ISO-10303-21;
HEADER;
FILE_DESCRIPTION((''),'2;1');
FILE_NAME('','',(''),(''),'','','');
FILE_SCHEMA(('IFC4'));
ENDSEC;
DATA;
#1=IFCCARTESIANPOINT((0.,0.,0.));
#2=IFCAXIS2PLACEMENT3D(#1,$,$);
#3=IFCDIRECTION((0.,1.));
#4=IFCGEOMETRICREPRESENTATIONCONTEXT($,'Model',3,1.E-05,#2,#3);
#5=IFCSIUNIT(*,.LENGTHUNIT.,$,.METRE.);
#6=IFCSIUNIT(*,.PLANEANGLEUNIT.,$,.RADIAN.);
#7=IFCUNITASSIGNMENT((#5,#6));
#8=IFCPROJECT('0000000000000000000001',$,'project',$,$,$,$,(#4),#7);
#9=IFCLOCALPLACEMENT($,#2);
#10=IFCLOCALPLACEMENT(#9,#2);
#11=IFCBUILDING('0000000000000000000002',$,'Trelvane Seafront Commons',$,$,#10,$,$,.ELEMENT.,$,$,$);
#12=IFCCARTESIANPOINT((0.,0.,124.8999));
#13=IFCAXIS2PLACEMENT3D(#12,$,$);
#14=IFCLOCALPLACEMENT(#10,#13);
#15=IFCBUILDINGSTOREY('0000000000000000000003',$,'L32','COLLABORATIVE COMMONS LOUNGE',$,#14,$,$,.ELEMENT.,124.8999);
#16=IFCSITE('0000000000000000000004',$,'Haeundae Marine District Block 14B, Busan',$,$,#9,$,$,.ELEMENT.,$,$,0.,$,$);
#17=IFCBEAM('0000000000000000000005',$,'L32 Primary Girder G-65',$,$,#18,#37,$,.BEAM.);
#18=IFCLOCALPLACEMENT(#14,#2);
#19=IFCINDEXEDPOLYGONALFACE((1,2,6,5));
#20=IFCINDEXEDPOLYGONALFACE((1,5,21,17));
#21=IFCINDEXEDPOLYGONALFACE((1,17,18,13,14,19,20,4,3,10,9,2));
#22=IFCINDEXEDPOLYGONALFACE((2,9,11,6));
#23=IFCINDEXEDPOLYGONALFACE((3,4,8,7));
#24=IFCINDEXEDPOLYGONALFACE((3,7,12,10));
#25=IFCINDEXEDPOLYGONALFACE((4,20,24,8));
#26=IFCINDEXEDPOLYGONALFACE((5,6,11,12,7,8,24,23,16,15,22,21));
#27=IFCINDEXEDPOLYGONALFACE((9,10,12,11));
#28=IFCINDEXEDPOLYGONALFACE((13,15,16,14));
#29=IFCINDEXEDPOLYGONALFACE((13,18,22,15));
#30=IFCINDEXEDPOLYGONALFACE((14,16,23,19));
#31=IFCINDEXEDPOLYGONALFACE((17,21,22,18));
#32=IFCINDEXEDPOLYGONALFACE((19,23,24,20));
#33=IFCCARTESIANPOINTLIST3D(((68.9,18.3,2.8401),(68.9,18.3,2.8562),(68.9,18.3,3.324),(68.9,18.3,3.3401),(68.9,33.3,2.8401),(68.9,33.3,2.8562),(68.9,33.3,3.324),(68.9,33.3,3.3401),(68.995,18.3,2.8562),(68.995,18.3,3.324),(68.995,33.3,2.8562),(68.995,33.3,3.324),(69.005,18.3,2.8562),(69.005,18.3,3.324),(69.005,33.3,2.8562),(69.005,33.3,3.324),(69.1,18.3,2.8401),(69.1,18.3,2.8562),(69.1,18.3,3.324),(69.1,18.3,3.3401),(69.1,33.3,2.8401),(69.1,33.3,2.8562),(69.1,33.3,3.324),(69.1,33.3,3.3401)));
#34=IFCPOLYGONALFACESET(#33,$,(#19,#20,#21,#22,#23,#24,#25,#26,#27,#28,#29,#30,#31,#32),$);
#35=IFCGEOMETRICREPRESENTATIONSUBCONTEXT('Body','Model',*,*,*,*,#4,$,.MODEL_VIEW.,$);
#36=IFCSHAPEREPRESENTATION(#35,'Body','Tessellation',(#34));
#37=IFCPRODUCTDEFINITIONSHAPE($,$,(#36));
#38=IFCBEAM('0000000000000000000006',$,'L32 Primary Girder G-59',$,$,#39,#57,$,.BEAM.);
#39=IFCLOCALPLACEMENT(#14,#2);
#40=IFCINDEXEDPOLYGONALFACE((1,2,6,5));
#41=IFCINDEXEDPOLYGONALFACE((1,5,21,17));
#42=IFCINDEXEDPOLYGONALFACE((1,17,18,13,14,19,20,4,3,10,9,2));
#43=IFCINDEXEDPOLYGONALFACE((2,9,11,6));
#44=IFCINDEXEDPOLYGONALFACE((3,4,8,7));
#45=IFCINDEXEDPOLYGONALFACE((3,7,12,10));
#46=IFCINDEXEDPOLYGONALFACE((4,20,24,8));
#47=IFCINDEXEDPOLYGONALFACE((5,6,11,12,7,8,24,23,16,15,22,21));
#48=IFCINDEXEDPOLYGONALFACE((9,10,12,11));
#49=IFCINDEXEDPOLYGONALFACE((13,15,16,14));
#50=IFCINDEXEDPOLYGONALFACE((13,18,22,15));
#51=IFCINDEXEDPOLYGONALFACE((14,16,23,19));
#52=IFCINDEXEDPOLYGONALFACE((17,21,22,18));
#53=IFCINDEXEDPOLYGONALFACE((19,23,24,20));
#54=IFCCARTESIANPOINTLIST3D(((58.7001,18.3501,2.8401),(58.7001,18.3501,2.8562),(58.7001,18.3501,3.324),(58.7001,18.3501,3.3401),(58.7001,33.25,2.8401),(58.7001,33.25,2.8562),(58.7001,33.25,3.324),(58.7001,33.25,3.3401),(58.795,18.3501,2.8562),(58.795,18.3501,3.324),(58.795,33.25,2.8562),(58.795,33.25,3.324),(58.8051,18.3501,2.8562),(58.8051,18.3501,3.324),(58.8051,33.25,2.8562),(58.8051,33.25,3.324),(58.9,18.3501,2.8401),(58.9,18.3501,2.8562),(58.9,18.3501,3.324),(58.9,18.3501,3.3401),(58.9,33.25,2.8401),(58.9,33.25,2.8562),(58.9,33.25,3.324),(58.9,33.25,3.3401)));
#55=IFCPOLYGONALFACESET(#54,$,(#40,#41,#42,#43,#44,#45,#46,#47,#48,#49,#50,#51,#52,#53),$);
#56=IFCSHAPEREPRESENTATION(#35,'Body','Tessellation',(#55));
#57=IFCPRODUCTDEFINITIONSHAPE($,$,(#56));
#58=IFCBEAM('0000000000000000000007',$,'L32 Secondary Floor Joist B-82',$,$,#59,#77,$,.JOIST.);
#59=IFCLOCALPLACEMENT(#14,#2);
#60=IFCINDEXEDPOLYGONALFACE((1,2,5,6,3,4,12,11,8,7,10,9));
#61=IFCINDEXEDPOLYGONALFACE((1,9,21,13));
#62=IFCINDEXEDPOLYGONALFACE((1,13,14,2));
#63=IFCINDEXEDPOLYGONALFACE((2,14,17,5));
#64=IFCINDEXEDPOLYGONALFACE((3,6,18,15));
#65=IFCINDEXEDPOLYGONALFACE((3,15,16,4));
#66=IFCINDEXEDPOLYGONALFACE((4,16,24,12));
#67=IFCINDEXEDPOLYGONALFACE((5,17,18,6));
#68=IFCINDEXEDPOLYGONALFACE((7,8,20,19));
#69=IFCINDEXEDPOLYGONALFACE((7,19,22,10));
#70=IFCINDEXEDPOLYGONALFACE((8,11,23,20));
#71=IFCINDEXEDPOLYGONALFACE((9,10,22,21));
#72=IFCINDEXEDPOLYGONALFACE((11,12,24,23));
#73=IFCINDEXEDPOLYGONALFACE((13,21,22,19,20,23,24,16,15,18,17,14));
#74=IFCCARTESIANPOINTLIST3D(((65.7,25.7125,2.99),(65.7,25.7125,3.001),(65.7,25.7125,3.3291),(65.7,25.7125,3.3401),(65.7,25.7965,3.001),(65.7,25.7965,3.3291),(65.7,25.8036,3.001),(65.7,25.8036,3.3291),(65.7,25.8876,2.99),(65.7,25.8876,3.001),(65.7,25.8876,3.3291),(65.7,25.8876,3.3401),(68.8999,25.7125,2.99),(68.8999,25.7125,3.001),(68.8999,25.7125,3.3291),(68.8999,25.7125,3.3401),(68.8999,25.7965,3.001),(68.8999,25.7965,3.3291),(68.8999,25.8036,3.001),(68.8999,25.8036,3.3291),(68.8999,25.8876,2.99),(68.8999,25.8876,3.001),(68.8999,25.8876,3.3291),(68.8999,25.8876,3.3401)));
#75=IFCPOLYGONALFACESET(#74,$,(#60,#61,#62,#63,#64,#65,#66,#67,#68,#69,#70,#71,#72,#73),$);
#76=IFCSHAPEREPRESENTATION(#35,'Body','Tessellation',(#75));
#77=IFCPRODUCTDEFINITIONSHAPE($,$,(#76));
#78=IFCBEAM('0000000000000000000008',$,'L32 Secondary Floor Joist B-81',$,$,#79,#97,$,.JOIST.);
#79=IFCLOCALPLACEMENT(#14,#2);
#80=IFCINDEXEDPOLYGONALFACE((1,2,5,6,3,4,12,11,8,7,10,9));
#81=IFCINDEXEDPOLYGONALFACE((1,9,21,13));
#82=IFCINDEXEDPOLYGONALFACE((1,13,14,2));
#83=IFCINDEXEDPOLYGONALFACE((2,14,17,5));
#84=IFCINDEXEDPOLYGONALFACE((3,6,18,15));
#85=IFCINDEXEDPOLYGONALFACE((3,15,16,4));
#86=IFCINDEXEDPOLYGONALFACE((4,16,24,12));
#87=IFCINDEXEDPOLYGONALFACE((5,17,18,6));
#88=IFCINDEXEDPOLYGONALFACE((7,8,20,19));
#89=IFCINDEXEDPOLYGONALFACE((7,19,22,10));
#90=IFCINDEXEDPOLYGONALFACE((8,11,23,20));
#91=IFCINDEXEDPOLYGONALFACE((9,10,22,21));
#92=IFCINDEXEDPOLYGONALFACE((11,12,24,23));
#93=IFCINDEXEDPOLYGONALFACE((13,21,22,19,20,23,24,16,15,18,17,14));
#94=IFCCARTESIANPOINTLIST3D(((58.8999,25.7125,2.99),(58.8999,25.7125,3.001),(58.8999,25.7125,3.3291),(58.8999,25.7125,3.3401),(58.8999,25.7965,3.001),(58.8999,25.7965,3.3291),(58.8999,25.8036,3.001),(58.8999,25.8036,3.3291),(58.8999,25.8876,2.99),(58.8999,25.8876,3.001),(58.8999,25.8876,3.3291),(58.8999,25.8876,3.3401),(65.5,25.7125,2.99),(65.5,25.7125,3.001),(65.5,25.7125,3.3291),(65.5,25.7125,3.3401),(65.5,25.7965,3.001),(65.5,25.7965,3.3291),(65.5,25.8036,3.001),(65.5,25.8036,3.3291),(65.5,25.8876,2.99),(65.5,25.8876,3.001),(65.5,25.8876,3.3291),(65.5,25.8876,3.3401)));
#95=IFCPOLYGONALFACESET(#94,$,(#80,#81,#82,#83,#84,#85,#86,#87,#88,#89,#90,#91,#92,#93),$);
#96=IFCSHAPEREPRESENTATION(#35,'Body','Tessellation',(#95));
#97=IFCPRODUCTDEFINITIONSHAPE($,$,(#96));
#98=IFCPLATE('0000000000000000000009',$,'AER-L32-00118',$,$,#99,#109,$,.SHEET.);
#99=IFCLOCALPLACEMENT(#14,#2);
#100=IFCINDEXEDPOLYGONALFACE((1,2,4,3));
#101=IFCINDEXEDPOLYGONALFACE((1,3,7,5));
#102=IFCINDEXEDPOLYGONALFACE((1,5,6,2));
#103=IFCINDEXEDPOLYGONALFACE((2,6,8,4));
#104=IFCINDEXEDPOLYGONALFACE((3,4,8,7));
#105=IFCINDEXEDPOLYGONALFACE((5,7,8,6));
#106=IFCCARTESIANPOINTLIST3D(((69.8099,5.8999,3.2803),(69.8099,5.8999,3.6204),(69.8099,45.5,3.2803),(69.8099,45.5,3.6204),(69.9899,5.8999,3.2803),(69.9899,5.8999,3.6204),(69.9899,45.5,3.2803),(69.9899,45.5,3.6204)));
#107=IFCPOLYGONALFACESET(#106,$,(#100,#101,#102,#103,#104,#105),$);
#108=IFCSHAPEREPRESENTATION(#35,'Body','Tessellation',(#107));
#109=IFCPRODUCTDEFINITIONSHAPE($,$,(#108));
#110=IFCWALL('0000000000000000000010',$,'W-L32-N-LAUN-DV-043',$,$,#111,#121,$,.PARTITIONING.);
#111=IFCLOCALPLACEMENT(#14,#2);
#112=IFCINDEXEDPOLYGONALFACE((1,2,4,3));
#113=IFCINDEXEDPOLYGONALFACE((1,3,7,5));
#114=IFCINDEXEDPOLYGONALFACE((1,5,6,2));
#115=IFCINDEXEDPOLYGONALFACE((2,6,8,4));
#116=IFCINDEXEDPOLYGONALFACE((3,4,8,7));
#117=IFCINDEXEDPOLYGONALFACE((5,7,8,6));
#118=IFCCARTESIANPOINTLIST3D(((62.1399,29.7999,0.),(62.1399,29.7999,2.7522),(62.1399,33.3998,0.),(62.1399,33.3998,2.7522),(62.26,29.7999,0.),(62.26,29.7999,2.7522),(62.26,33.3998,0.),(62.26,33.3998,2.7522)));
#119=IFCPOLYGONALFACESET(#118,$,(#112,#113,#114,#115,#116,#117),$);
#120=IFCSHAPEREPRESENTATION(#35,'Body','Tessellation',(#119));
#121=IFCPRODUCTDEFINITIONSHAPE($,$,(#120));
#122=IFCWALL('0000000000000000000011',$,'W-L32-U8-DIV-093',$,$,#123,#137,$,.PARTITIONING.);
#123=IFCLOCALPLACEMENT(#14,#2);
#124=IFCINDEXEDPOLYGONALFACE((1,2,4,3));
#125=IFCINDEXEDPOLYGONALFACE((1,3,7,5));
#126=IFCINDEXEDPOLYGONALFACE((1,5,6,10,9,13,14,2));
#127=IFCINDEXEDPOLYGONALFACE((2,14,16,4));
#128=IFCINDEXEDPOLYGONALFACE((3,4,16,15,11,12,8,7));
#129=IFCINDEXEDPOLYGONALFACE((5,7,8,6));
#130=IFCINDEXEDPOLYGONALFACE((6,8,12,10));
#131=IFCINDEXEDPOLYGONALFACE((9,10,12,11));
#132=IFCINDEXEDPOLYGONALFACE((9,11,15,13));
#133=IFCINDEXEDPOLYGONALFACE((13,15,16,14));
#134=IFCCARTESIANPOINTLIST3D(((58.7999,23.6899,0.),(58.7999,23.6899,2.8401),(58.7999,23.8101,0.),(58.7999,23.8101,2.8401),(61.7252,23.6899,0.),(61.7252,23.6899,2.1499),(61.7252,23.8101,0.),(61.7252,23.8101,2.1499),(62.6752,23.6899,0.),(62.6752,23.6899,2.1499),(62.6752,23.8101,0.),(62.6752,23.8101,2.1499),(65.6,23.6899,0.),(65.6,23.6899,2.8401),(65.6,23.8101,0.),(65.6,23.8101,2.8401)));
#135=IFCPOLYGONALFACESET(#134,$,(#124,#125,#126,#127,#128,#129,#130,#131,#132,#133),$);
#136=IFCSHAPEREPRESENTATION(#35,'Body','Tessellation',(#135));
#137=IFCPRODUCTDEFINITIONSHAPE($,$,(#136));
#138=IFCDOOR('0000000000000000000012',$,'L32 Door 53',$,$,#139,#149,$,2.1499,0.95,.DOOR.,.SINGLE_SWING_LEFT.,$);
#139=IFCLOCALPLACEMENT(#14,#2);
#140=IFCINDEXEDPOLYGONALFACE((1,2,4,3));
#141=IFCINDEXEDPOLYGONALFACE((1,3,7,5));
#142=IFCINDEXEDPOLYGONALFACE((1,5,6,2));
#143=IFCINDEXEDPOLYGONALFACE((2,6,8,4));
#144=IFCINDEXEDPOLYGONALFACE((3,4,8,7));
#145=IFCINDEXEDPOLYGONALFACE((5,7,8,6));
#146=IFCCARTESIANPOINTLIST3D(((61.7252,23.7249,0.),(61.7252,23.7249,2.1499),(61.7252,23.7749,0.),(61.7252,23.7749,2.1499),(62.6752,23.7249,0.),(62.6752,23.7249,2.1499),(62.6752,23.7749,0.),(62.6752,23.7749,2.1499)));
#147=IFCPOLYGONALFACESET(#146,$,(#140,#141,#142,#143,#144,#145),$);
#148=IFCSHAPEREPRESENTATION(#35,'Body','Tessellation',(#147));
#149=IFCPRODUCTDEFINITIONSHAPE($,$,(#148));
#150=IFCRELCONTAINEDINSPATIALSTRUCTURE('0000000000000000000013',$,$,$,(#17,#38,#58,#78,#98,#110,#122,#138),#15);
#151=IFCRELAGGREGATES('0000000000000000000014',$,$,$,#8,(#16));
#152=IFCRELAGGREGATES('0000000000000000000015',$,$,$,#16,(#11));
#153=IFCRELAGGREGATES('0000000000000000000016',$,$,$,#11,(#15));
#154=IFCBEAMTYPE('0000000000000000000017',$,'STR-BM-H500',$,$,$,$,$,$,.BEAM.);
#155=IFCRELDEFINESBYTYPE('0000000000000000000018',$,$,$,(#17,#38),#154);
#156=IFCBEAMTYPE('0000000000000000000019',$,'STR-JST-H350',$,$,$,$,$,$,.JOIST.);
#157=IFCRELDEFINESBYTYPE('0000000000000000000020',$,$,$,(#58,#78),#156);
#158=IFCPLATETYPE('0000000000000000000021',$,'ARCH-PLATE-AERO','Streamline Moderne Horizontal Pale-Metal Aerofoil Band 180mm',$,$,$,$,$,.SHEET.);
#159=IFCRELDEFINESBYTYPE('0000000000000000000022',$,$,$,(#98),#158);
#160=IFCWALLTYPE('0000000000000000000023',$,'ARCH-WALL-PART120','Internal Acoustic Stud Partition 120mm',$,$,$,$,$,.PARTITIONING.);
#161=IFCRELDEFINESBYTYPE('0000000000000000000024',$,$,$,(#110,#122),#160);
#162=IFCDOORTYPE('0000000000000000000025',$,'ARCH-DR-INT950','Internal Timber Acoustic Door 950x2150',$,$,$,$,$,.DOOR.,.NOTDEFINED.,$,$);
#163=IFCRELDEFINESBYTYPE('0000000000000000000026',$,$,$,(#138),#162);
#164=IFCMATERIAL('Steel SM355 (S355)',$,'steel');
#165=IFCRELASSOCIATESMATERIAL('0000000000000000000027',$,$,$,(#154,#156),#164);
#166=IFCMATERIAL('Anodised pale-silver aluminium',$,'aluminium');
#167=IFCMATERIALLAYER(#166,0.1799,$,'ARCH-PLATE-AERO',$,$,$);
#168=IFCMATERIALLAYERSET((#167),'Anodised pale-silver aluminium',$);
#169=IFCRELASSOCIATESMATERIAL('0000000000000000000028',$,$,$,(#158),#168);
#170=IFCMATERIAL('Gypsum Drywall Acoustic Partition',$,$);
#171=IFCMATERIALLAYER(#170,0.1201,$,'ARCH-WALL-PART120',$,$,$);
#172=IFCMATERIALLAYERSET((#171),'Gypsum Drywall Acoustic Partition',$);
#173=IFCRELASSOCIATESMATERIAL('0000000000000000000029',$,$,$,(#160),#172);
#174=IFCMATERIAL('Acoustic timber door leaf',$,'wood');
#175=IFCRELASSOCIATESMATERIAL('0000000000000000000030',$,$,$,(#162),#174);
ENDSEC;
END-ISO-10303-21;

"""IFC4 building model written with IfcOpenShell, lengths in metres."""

from ifc_helpers import new_model, si_unit, direction, frame, frame_2d, origin, origin_2d, place, context, subcontext, project, spatial, rectangle, i_section, extrude, source, transform, mapped, material, layer, layer_set, material_profile, profile_set, type_object, element, fill, save


model = new_model("IFC4")

# Units and contexts
model_context = context("Model", 3, precision=1e-05, world=origin(), true_north=direction((0.0, 1.0)))
body_context = subcontext(model_context, "Body", "Model", "MODEL_VIEW")
ifc_project = project(units=[si_unit("LENGTHUNIT", "METRE"), si_unit("PLANEANGLEUNIT", "RADIAN")], contexts=[model_context])

# Site, building, storey
site_placement = place(None, origin())
site = spatial("IfcSite", under=ifc_project, at=site_placement, Name="Haeundae Marine District Block 14B, Busan", CompositionType="ELEMENT", RefElevation=0.0)
building_placement = place(site_placement, origin())
building = spatial("IfcBuilding", under=site, at=building_placement, Name="Trelvane Seafront Commons", CompositionType="ELEMENT")
storey_placement = place(building_placement, frame((0.0, 0.0, 124.8999)))
storey = spatial("IfcBuildingStorey", under=building, at=storey_placement, Name="L32", Description="COLLABORATIVE COMMONS LOUNGE", CompositionType="ELEMENT", Elevation=124.8999)

# Beams
ifc_material_1 = material(Name="Steel SM355 (S355)", Category="steel")
ifc_material_profile_1 = material_profile(ifc_material_1, i_section(OverallWidth=0.2, OverallDepth=0.5, WebThickness=0.01, FlangeThickness=0.0161, at=origin_2d()), Name="H-500x200x10x16")
ifc_profile_set_1 = profile_set([ifc_material_profile_1], Name="Steel SM355 (S355)")
beam_type_1 = type_object("IfcBeamType", Name="STR-BM-H500", PredefinedType="BEAM", material=ifc_profile_set_1)
shared_shape_1 = source(origin(), body_context, "Body", "SweptSolid", [
    extrude(i_section(OverallWidth=0.2, OverallDepth=0.5, WebThickness=0.01, FlangeThickness=0.0161, at=origin_2d()), origin(), (0.0, 0.0, 1.0), 15.0),
])
beam_1_placement = place(storey_placement, frame((69.0, 18.3, 3.0901), z_axis=(0.0, 1.0, 0.0), x_axis=(-1.0, 0.0, 0.0)))
element("IfcBeam", 1, at=beam_1_placement, inside=storey, type_object=beam_type_1, Name="L32 Primary Girder G-65", PredefinedType="BEAM", context=body_context, shape_type="MappedRepresentation", body=[
    mapped(shared_shape_1, transform((0.0, 0.0, 0.0), x_axis=(1.0, 0.0, 0.0), y_axis=(0.0, 1.0, 0.0), z_axis=(0.0, 0.0, 1.0), scale=1.0)),
])
shared_shape_2 = source(origin(), body_context, "Body", "SweptSolid", [
    extrude(i_section(OverallWidth=0.2, OverallDepth=0.5, WebThickness=0.01, FlangeThickness=0.0161, at=origin_2d()), origin(), (0.0, 0.0, 1.0), 14.8999),
])
beam_2_placement = place(storey_placement, frame((58.8, 18.3501, 3.0901), z_axis=(0.0, 1.0, 0.0), x_axis=(-1.0, 0.0, 0.0)))
element("IfcBeam", 2, at=beam_2_placement, inside=storey, type_object=beam_type_1, Name="L32 Primary Girder G-59", PredefinedType="BEAM", context=body_context, shape_type="MappedRepresentation", body=[
    mapped(shared_shape_2, transform((0.0, 0.0, 0.0), x_axis=(1.0, 0.0, 0.0), y_axis=(0.0, 1.0, 0.0), z_axis=(0.0, 0.0, 1.0), scale=1.0)),
])
ifc_material_profile_2 = material_profile(ifc_material_1, i_section(OverallWidth=0.175, OverallDepth=0.3501, WebThickness=0.0071, FlangeThickness=0.011, at=origin_2d()), Name="H-350x175x7x11")
ifc_profile_set_2 = profile_set([ifc_material_profile_2], Name="Steel SM355 (S355)")
beam_type_2 = type_object("IfcBeamType", Name="STR-JST-H350", PredefinedType="JOIST", material=ifc_profile_set_2)
shared_shape_3 = source(origin(), body_context, "Body", "SweptSolid", [
    extrude(i_section(OverallWidth=0.175, OverallDepth=0.3501, WebThickness=0.0071, FlangeThickness=0.011, at=origin_2d()), origin(), (0.0, 0.0, 1.0), 3.2),
])
beam_3_placement = place(storey_placement, frame((65.7, 25.8, 3.165), z_axis=(1.0, 0.0, 0.0), x_axis=(0.0, 1.0, 0.0)))
element("IfcBeam", 3, at=beam_3_placement, inside=storey, type_object=beam_type_2, Name="L32 Secondary Floor Joist B-82", PredefinedType="JOIST", context=body_context, shape_type="MappedRepresentation", body=[
    mapped(shared_shape_3, transform((0.0, 0.0, 0.0), x_axis=(1.0, 0.0, 0.0), y_axis=(0.0, 1.0, 0.0), z_axis=(0.0, 0.0, 1.0), scale=1.0)),
])
shared_shape_4 = source(origin(), body_context, "Body", "SweptSolid", [
    extrude(i_section(OverallWidth=0.175, OverallDepth=0.3501, WebThickness=0.0071, FlangeThickness=0.011, at=origin_2d()), origin(), (0.0, 0.0, 1.0), 6.6001),
])
beam_4_placement = place(storey_placement, frame((58.8999, 25.8, 3.165), z_axis=(1.0, 0.0, 0.0), x_axis=(0.0, 1.0, 0.0)))
element("IfcBeam", 4, at=beam_4_placement, inside=storey, type_object=beam_type_2, Name="L32 Secondary Floor Joist B-81", PredefinedType="JOIST", context=body_context, shape_type="MappedRepresentation", body=[
    mapped(shared_shape_4, transform((0.0, 0.0, 0.0), x_axis=(1.0, 0.0, 0.0), y_axis=(0.0, 1.0, 0.0), z_axis=(0.0, 0.0, 1.0), scale=1.0)),
])

# Plate
ifc_material_2 = material(Name="Anodised pale-silver aluminium", Category="aluminium")
ifc_layer_1 = layer(ifc_material_2, 0.1799, Name="ARCH-PLATE-AERO")
ifc_layer_set_1 = layer_set([ifc_layer_1], Name="Anodised pale-silver aluminium")
plate_type = type_object("IfcPlateType", Name="ARCH-PLATE-AERO", Description="Streamline Moderne Horizontal Pale-Metal Aerofoil Band 180mm", PredefinedType="SHEET", material=ifc_layer_set_1)
shared_shape_5 = source(origin(), body_context, "Body", "SweptSolid", [
    extrude(rectangle(XDim=39.6001, YDim=0.1799, at=origin_2d()), origin(), (0.0, 0.0, 1.0), 0.3401),
])
plate_placement = place(storey_placement, frame((69.8999, 25.7, 3.2803), z_axis=(0.0, 0.0, 1.0), x_axis=(0.0, -1.0, 0.0)))
element("IfcPlate", 5, at=plate_placement, inside=storey, type_object=plate_type, Name="AER-L32-00118", PredefinedType="SHEET", context=body_context, shape_type="MappedRepresentation", body=[
    mapped(shared_shape_5, transform((0.0, 0.0, 0.0), x_axis=(1.0, 0.0, 0.0), y_axis=(0.0, 1.0, 0.0), z_axis=(0.0, 0.0, 1.0), scale=1.0)),
])

# Wall
ifc_material_3 = material(Name="Gypsum Drywall Acoustic Partition")
ifc_layer_2 = layer(ifc_material_3, 0.1201, Name="ARCH-WALL-PART120")
ifc_layer_set_2 = layer_set([ifc_layer_2], Name="Gypsum Drywall Acoustic Partition")
wall_type_1 = type_object("IfcWallType", Name="ARCH-WALL-PART120", Description="Internal Acoustic Stud Partition 120mm", PredefinedType="PARTITIONING", material=ifc_layer_set_2)
wall_1_placement = place(storey_placement, frame((62.2, 29.8, 0.0), z_axis=(0.0, 0.0, 1.0), x_axis=(0.0, 1.0, 0.0)))
element("IfcWall", 6, at=wall_1_placement, inside=storey, type_object=wall_type_1, Name="W-L32-N-LAUN-DV-043", PredefinedType="PARTITIONING", context=body_context, shape_type="SweptSolid", body=[
    extrude(rectangle(XDim=3.5999, YDim=0.1201, at=frame_2d((1.7998, 0.0))), origin(), (0.0, 0.0, 1.0), 2.7522),
])

# Wall, opening, door
wall_2_placement = place(storey_placement, frame((58.8, 23.75, 0.0), z_axis=(0.0, 0.0, 1.0), x_axis=(1.0, 0.0, 0.0)))
wall_2 = element("IfcWall", 7, at=wall_2_placement, inside=storey, type_object=wall_type_1, Name="W-L32-U8-DIV-093", PredefinedType="PARTITIONING", context=body_context, shape_type="SweptSolid", body=[
    extrude(rectangle(XDim=6.8, YDim=0.1201, at=frame_2d((3.3999, 0.0))), origin(), (0.0, 0.0, 1.0), 2.8401),
])
opening_1_placement = place(wall_2_placement, frame((2.925, 0.0, 0.0)))
opening_1 = element("IfcOpeningElement", 8, at=opening_1_placement, cuts=wall_2, PredefinedType="OPENING", context=body_context, shape_type="SweptSolid", body=[
    extrude(rectangle(XDim=0.95, YDim=2.1499, at=frame_2d((0.4751, 1.075))), frame((0.0, 0.0701, 0.0), z_axis=(0.0, -1.0, 0.0), x_axis=(1.0, 0.0, 0.0)), (0.0, 0.0, 1.0), 0.1401),
])
ifc_material_4 = material(Name="Acoustic timber door leaf", Category="wood")
door_type_1 = type_object("IfcDoorType", Name="ARCH-DR-INT950", Description="Internal Timber Acoustic Door 950x2150", OperationType="NOTDEFINED", PredefinedType="DOOR", material=ifc_material_4)
shared_shape_6 = source(origin(), body_context, "Body", "SweptSolid", [
    extrude(rectangle(XDim=0.95, YDim=2.1499, at=frame_2d((0.4751, 1.075))), frame((0.0, 0.0249, 0.0), z_axis=(0.0, -1.0, 0.0), x_axis=(1.0, 0.0, 0.0)), (0.0, 0.0, 1.0), 0.05),
])
door_1_placement = place(opening_1_placement, origin())
door_1 = element("IfcDoor", 9, at=door_1_placement, inside=storey, type_object=door_type_1, Name="L32 Door 53", OperationType="SINGLE_SWING_LEFT", OverallHeight=2.1499, OverallWidth=0.95, PredefinedType="DOOR", context=body_context, shape_type="MappedRepresentation", body=[
    mapped(shared_shape_6, transform((0.0, 0.0, 0.0), x_axis=(1.0, 0.0, 0.0), y_axis=(0.0, 1.0, 0.0), z_axis=(0.0, 0.0, 1.0), scale=1.0)),
])
fill(opening_1, door_1)

save(model, "model.ifc")
